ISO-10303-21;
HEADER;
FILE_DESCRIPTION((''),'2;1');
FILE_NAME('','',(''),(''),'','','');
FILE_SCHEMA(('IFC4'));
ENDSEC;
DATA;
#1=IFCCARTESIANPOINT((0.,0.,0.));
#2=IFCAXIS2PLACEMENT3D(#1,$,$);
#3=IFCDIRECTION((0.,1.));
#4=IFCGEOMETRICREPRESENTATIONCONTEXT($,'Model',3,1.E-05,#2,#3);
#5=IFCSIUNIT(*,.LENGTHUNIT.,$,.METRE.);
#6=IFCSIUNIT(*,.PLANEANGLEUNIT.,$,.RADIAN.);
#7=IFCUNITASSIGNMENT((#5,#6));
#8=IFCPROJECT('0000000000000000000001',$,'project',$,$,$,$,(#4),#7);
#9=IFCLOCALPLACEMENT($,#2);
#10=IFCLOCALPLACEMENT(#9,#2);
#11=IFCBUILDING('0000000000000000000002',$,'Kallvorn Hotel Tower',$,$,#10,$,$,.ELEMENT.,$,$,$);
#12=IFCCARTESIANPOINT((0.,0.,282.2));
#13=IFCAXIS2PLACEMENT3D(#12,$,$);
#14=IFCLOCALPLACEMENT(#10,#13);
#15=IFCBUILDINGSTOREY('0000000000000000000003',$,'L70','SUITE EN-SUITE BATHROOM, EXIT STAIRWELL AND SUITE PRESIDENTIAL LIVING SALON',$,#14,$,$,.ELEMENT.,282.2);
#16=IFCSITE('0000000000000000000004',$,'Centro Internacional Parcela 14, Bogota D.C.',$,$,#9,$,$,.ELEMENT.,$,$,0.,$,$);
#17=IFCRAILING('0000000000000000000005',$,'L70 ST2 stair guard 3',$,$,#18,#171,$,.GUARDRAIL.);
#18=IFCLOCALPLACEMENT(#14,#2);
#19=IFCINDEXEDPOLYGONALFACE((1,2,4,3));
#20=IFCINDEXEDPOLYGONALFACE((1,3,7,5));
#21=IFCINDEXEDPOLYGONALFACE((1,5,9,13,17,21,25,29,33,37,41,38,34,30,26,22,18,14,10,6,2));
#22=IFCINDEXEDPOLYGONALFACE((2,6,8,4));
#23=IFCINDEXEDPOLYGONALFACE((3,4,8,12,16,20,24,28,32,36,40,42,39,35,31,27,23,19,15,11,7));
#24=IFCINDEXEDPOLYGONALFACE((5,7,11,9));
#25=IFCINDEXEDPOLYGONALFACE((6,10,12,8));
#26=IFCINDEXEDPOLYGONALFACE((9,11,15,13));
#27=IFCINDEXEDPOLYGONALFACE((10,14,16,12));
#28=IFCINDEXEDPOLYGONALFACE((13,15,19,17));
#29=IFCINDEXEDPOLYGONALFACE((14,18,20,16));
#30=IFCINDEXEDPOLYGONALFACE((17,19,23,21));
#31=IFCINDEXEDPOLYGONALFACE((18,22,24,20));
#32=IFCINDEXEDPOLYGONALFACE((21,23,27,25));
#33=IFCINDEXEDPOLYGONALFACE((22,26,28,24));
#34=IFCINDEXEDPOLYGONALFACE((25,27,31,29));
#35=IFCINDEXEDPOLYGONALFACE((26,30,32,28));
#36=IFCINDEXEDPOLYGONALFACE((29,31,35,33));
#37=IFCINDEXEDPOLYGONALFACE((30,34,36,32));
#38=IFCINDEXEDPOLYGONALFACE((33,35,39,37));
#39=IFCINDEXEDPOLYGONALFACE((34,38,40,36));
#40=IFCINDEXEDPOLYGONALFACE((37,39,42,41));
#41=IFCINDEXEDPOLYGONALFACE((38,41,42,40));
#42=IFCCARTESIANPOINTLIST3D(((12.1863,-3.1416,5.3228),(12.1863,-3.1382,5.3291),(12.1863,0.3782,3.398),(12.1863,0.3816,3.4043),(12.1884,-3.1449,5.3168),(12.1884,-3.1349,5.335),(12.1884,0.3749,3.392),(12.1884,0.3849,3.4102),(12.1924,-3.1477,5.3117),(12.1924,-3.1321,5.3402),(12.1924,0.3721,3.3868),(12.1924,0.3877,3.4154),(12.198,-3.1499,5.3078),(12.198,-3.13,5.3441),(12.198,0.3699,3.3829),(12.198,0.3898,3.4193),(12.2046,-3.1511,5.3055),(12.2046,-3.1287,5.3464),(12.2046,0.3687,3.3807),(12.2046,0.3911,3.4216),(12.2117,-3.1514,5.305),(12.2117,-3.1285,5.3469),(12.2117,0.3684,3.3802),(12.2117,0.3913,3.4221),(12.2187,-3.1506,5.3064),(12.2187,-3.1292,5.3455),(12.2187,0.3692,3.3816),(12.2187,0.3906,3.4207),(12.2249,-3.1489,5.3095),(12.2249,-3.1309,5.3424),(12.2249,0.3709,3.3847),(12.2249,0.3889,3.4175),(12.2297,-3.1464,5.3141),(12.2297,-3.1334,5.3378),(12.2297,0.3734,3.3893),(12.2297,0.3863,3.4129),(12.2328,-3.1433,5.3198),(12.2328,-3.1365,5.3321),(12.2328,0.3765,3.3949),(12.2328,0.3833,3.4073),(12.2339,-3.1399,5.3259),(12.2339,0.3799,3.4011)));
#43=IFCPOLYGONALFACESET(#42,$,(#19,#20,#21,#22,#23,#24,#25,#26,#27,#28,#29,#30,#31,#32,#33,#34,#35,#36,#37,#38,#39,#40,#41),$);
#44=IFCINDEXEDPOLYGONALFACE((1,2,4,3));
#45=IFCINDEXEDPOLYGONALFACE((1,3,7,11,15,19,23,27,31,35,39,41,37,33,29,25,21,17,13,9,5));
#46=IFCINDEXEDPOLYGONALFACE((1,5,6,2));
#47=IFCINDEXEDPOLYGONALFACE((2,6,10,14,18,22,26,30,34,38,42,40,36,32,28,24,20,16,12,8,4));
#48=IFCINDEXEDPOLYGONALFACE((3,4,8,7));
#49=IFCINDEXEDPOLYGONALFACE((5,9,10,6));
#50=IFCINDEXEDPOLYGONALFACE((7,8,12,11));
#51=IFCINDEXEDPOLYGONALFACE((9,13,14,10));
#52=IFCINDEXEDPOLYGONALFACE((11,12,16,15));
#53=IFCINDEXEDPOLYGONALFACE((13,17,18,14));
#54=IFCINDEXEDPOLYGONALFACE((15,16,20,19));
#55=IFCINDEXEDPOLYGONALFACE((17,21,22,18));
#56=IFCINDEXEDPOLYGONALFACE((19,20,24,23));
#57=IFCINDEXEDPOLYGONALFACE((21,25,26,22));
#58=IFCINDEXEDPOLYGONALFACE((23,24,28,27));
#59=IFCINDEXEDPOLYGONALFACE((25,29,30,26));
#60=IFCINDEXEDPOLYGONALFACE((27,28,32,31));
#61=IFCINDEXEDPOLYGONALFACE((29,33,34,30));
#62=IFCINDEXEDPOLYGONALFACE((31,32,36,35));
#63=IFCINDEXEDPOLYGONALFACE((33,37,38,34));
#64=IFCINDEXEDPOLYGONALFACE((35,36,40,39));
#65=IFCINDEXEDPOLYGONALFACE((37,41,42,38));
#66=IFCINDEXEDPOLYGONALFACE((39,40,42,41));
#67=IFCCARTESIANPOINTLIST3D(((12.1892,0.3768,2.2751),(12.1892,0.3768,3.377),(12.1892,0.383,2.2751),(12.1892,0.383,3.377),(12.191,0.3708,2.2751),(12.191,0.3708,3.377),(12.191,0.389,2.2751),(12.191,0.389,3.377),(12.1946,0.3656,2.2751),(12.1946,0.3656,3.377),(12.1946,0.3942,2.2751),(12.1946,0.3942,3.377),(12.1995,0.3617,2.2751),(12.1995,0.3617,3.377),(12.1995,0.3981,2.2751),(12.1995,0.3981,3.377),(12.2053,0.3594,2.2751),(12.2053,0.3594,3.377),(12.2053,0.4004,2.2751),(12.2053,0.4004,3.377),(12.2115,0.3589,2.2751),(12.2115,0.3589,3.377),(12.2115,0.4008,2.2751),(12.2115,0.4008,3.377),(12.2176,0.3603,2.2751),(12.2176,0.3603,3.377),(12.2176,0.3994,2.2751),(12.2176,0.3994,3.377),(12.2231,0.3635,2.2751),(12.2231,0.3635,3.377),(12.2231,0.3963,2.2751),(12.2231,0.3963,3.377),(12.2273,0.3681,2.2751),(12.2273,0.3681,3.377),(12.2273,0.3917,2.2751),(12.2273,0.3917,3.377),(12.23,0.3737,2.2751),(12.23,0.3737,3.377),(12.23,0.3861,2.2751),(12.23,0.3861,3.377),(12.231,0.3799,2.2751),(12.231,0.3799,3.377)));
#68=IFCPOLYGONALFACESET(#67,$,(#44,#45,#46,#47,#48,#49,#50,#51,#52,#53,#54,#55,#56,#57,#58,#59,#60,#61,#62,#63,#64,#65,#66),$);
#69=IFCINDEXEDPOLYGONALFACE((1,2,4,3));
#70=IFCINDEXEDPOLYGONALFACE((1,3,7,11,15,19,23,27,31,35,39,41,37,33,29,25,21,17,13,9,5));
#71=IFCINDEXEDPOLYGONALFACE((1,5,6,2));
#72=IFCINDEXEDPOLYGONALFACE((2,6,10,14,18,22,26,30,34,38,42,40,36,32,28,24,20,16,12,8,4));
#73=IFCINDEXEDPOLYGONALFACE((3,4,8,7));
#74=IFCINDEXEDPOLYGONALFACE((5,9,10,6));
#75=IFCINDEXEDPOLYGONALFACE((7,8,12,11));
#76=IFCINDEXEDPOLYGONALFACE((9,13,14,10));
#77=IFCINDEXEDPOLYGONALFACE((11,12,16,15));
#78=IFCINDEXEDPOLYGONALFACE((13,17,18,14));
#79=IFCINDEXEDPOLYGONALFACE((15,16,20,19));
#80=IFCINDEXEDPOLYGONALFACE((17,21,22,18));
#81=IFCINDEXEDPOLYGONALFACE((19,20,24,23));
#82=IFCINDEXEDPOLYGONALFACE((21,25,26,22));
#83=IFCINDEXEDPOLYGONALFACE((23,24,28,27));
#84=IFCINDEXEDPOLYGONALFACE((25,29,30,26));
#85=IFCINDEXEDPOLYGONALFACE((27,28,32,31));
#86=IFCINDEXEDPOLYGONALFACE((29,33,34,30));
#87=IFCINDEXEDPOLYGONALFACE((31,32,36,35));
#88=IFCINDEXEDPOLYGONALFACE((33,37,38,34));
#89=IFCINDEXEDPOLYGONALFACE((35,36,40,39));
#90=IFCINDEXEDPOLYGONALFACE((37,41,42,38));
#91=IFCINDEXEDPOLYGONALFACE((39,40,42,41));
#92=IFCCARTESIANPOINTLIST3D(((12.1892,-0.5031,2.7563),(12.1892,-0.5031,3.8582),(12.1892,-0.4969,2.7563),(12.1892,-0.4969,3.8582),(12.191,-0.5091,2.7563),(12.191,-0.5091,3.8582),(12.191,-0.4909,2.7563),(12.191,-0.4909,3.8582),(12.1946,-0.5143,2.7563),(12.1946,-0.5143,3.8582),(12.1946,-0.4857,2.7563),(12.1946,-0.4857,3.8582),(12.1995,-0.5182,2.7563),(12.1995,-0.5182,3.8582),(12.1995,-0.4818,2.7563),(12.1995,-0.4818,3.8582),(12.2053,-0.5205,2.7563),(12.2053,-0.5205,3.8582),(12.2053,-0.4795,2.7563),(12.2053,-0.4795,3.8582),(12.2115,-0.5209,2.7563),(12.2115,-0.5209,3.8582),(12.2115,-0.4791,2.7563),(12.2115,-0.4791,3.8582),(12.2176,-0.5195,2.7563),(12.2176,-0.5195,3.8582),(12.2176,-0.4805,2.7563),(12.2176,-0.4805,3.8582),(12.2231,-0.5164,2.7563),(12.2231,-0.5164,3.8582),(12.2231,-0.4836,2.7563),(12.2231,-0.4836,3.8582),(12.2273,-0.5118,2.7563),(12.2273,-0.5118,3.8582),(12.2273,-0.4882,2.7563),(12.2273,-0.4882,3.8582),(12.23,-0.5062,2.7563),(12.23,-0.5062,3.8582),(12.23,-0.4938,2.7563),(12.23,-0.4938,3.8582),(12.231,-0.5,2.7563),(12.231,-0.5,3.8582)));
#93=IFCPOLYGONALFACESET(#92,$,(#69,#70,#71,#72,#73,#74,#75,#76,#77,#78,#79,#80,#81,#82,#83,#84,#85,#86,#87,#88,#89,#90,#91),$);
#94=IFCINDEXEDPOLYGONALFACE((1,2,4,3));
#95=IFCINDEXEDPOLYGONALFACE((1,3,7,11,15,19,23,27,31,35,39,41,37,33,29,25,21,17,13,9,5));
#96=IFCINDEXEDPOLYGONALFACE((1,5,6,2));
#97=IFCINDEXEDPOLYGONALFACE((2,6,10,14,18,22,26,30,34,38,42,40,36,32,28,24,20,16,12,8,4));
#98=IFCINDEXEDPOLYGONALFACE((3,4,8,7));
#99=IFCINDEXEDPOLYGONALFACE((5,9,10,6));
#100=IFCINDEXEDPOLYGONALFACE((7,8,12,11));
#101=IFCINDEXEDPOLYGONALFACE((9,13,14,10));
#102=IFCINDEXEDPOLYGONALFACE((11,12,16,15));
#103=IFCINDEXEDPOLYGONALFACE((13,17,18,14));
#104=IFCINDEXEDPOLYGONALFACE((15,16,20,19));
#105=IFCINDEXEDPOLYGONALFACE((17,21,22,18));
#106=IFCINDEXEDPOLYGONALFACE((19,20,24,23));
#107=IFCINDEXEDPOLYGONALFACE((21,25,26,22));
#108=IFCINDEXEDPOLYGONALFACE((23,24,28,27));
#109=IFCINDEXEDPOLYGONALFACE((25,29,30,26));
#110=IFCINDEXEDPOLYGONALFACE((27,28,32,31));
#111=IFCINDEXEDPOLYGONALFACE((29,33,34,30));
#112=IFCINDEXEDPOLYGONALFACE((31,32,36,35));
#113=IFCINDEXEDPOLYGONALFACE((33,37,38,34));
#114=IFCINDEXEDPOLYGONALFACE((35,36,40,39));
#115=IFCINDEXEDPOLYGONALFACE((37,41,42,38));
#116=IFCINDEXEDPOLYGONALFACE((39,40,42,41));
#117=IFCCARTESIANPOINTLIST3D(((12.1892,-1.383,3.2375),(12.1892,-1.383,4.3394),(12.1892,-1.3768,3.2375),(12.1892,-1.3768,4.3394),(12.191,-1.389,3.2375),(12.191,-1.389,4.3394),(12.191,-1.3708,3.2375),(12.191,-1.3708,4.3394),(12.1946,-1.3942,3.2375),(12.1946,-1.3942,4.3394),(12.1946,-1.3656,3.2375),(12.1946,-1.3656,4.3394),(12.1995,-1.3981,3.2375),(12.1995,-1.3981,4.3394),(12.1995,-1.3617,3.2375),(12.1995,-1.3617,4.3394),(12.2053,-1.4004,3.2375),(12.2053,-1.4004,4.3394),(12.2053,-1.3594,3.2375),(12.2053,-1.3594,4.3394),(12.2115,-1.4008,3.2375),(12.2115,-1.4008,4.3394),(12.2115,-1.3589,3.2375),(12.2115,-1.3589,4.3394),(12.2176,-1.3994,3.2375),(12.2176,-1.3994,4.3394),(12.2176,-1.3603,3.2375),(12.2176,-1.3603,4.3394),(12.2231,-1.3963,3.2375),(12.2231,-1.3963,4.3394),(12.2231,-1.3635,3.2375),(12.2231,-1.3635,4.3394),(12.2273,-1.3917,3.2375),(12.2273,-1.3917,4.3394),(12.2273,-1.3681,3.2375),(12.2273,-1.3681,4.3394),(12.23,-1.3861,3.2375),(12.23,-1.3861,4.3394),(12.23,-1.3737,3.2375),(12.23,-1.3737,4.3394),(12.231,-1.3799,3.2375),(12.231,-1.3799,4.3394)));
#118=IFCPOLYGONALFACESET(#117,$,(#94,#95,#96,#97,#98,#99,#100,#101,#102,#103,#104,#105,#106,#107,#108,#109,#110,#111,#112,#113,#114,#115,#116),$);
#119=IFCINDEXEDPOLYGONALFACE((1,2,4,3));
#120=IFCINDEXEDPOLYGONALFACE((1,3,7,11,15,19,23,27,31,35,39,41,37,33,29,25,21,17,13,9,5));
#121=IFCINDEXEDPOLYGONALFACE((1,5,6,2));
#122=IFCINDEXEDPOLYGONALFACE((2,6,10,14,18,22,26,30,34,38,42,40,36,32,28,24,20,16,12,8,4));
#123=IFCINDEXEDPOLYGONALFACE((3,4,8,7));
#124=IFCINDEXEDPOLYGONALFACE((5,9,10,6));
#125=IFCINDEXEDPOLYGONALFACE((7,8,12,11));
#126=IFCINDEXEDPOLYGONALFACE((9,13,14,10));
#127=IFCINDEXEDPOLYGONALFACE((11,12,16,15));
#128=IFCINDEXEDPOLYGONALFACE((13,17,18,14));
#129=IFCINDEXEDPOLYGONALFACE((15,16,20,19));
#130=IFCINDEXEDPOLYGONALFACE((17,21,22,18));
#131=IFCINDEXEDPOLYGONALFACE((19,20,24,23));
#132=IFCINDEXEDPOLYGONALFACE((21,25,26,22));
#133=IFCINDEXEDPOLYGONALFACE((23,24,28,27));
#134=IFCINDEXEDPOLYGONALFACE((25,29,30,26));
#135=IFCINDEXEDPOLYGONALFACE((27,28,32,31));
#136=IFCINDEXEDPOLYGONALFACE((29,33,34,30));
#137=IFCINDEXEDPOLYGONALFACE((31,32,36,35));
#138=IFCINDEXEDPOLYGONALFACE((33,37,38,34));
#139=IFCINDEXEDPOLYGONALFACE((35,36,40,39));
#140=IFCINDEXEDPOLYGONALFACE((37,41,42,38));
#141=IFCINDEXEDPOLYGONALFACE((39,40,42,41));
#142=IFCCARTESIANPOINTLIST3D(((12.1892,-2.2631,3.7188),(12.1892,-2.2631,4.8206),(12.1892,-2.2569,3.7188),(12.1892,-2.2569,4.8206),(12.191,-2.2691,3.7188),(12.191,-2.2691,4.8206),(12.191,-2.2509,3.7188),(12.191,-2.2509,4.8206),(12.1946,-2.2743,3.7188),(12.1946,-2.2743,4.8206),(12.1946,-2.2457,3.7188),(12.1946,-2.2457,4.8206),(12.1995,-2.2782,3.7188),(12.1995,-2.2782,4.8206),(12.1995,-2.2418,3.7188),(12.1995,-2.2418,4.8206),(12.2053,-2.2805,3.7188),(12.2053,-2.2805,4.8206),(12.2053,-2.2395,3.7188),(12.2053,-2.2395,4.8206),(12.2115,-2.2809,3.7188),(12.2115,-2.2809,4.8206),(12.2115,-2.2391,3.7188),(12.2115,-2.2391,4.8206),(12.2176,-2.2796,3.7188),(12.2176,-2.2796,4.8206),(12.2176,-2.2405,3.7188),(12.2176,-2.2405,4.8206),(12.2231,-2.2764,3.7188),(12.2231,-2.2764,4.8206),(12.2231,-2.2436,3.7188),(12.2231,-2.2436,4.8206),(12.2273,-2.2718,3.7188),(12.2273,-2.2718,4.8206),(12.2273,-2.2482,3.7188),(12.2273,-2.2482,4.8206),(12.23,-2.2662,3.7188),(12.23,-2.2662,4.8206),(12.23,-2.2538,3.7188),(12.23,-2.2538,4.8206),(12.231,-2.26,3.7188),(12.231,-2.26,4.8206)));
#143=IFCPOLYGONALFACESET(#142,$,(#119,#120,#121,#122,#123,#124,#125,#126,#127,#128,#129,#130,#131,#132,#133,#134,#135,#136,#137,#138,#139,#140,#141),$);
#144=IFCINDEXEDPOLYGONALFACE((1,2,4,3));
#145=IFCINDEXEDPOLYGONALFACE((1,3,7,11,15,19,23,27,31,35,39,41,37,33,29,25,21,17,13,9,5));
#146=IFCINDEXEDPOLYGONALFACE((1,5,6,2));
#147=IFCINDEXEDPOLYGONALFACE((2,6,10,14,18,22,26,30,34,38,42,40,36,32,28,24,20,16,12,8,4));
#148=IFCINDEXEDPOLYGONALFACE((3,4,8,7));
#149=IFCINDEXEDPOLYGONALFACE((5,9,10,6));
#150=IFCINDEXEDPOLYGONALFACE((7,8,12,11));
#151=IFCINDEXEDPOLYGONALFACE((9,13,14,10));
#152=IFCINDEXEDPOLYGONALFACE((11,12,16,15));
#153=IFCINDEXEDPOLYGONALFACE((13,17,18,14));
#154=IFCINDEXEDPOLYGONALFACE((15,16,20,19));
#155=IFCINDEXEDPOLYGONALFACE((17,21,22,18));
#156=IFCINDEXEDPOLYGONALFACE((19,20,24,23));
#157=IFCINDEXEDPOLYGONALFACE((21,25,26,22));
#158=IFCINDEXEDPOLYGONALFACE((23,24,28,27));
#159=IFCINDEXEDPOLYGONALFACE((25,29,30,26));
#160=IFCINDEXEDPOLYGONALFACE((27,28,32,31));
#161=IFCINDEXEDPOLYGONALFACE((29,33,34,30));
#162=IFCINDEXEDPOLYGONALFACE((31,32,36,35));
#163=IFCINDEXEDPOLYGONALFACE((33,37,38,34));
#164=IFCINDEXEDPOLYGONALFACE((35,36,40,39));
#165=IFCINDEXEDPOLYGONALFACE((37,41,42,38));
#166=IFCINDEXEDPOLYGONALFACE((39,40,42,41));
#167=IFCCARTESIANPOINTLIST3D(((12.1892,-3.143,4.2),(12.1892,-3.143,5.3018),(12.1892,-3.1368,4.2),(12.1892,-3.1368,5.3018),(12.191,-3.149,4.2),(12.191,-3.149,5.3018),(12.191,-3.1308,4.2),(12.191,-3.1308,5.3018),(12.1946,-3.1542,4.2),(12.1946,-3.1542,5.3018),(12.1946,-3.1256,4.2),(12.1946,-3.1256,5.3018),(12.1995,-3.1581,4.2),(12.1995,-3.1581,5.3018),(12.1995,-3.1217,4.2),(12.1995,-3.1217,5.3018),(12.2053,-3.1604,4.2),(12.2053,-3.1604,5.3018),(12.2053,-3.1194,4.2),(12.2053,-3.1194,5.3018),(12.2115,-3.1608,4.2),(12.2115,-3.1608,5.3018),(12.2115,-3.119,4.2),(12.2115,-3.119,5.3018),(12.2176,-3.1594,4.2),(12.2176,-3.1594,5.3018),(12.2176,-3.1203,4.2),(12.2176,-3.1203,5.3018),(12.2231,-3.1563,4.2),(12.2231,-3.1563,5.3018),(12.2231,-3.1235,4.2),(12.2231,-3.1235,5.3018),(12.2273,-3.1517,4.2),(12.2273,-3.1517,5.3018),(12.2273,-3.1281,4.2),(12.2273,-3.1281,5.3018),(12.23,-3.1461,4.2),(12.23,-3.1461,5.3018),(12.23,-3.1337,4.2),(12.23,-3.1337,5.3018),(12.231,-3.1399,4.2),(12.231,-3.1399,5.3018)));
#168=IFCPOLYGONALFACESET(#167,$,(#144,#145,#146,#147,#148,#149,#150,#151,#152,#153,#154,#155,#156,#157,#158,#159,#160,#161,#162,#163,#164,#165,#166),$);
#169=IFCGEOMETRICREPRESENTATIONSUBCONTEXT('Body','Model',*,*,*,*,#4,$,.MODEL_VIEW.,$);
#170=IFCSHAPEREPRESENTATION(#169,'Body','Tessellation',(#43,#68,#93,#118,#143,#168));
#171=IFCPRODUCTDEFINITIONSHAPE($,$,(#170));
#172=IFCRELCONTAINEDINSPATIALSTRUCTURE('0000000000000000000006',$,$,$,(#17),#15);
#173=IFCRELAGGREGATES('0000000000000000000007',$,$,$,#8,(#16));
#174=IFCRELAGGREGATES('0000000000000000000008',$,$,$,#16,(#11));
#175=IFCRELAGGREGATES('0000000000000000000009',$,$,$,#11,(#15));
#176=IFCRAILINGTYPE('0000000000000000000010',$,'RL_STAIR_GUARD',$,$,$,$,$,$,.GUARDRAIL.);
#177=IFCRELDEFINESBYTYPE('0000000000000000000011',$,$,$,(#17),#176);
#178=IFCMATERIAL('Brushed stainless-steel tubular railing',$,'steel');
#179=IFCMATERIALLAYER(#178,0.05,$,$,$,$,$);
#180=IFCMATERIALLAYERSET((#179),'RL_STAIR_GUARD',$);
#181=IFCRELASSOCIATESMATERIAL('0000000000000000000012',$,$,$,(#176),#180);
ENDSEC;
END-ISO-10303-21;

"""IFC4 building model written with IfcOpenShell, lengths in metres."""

from ifc_helpers import new_model, si_unit, direction, frame, origin, origin_2d, place, context, subcontext, project, spatial, circle, extrude, material, layer, layer_set, type_object, element, save


model = new_model("IFC4")

# Units and contexts
model_context = context("Model", 3, precision=1e-05, world=origin(), true_north=direction((0.0, 1.0)))
body_context = subcontext(model_context, "Body", "Model", "MODEL_VIEW")
ifc_project = project(units=[si_unit("LENGTHUNIT", "METRE"), si_unit("PLANEANGLEUNIT", "RADIAN")], contexts=[model_context])

# Site, building, storey
site_placement = place(None, origin())
site = spatial("IfcSite", under=ifc_project, at=site_placement, Name="Centro Internacional Parcela 14, Bogota D.C.", CompositionType="ELEMENT", RefElevation=0.0)
building_placement = place(site_placement, origin())
building = spatial("IfcBuilding", under=site, at=building_placement, Name="Kallvorn Hotel Tower", CompositionType="ELEMENT")
storey_placement = place(building_placement, frame((0.0, 0.0, 282.2)))
storey = spatial("IfcBuildingStorey", under=building, at=storey_placement, Name="L70", Description="SUITE EN-SUITE BATHROOM, EXIT STAIRWELL AND SUITE PRESIDENTIAL LIVING SALON", CompositionType="ELEMENT", Elevation=282.2)

# Railing
ifc_material_1 = material(Name="Brushed stainless-steel tubular railing", Category="steel")
ifc_layer_1 = layer(ifc_material_1, 0.05)
ifc_layer_set_1 = layer_set([ifc_layer_1], Name="RL_STAIR_GUARD")
railing_type_1 = type_object("IfcRailingType", Name="RL_STAIR_GUARD", PredefinedType="GUARDRAIL", material=ifc_layer_set_1)
railing_1_placement = place(storey_placement, frame((12.21, 0.3799, 2.2751)))
element("IfcRailing", 1, at=railing_1_placement, inside=storey, type_object=railing_type_1, Name="L70 ST2 stair guard 3", PredefinedType="GUARDRAIL", context=body_context, shape_type="SweptSolid", body=[
    extrude(circle(Radius=0.0239, at=origin_2d()), frame((0.0, 0.0, 1.126), z_axis=(0.0, -0.877379, 0.479798), x_axis=(1.0, 0.0, 0.0)), (0.0, 0.0, 1.0), 4.0117),
    extrude(circle(Radius=0.021, at=origin_2d()), origin(), (0.0, 0.0, 1.0), 1.1018),
    extrude(circle(Radius=0.021, at=origin_2d()), frame((0.0, -0.8799, 0.4812)), (0.0, 0.0, 1.0), 1.1018),
    extrude(circle(Radius=0.021, at=origin_2d()), frame((0.0, -1.7598, 0.9624)), (0.0, 0.0, 1.0), 1.1018),
    extrude(circle(Radius=0.021, at=origin_2d()), frame((0.0, -2.6399, 1.4436)), (0.0, 0.0, 1.0), 1.1018),
    extrude(circle(Radius=0.021, at=origin_2d()), frame((0.0, -3.5198, 1.9248)), (0.0, 0.0, 1.0), 1.1018),
])

save(model, "model.ifc")
